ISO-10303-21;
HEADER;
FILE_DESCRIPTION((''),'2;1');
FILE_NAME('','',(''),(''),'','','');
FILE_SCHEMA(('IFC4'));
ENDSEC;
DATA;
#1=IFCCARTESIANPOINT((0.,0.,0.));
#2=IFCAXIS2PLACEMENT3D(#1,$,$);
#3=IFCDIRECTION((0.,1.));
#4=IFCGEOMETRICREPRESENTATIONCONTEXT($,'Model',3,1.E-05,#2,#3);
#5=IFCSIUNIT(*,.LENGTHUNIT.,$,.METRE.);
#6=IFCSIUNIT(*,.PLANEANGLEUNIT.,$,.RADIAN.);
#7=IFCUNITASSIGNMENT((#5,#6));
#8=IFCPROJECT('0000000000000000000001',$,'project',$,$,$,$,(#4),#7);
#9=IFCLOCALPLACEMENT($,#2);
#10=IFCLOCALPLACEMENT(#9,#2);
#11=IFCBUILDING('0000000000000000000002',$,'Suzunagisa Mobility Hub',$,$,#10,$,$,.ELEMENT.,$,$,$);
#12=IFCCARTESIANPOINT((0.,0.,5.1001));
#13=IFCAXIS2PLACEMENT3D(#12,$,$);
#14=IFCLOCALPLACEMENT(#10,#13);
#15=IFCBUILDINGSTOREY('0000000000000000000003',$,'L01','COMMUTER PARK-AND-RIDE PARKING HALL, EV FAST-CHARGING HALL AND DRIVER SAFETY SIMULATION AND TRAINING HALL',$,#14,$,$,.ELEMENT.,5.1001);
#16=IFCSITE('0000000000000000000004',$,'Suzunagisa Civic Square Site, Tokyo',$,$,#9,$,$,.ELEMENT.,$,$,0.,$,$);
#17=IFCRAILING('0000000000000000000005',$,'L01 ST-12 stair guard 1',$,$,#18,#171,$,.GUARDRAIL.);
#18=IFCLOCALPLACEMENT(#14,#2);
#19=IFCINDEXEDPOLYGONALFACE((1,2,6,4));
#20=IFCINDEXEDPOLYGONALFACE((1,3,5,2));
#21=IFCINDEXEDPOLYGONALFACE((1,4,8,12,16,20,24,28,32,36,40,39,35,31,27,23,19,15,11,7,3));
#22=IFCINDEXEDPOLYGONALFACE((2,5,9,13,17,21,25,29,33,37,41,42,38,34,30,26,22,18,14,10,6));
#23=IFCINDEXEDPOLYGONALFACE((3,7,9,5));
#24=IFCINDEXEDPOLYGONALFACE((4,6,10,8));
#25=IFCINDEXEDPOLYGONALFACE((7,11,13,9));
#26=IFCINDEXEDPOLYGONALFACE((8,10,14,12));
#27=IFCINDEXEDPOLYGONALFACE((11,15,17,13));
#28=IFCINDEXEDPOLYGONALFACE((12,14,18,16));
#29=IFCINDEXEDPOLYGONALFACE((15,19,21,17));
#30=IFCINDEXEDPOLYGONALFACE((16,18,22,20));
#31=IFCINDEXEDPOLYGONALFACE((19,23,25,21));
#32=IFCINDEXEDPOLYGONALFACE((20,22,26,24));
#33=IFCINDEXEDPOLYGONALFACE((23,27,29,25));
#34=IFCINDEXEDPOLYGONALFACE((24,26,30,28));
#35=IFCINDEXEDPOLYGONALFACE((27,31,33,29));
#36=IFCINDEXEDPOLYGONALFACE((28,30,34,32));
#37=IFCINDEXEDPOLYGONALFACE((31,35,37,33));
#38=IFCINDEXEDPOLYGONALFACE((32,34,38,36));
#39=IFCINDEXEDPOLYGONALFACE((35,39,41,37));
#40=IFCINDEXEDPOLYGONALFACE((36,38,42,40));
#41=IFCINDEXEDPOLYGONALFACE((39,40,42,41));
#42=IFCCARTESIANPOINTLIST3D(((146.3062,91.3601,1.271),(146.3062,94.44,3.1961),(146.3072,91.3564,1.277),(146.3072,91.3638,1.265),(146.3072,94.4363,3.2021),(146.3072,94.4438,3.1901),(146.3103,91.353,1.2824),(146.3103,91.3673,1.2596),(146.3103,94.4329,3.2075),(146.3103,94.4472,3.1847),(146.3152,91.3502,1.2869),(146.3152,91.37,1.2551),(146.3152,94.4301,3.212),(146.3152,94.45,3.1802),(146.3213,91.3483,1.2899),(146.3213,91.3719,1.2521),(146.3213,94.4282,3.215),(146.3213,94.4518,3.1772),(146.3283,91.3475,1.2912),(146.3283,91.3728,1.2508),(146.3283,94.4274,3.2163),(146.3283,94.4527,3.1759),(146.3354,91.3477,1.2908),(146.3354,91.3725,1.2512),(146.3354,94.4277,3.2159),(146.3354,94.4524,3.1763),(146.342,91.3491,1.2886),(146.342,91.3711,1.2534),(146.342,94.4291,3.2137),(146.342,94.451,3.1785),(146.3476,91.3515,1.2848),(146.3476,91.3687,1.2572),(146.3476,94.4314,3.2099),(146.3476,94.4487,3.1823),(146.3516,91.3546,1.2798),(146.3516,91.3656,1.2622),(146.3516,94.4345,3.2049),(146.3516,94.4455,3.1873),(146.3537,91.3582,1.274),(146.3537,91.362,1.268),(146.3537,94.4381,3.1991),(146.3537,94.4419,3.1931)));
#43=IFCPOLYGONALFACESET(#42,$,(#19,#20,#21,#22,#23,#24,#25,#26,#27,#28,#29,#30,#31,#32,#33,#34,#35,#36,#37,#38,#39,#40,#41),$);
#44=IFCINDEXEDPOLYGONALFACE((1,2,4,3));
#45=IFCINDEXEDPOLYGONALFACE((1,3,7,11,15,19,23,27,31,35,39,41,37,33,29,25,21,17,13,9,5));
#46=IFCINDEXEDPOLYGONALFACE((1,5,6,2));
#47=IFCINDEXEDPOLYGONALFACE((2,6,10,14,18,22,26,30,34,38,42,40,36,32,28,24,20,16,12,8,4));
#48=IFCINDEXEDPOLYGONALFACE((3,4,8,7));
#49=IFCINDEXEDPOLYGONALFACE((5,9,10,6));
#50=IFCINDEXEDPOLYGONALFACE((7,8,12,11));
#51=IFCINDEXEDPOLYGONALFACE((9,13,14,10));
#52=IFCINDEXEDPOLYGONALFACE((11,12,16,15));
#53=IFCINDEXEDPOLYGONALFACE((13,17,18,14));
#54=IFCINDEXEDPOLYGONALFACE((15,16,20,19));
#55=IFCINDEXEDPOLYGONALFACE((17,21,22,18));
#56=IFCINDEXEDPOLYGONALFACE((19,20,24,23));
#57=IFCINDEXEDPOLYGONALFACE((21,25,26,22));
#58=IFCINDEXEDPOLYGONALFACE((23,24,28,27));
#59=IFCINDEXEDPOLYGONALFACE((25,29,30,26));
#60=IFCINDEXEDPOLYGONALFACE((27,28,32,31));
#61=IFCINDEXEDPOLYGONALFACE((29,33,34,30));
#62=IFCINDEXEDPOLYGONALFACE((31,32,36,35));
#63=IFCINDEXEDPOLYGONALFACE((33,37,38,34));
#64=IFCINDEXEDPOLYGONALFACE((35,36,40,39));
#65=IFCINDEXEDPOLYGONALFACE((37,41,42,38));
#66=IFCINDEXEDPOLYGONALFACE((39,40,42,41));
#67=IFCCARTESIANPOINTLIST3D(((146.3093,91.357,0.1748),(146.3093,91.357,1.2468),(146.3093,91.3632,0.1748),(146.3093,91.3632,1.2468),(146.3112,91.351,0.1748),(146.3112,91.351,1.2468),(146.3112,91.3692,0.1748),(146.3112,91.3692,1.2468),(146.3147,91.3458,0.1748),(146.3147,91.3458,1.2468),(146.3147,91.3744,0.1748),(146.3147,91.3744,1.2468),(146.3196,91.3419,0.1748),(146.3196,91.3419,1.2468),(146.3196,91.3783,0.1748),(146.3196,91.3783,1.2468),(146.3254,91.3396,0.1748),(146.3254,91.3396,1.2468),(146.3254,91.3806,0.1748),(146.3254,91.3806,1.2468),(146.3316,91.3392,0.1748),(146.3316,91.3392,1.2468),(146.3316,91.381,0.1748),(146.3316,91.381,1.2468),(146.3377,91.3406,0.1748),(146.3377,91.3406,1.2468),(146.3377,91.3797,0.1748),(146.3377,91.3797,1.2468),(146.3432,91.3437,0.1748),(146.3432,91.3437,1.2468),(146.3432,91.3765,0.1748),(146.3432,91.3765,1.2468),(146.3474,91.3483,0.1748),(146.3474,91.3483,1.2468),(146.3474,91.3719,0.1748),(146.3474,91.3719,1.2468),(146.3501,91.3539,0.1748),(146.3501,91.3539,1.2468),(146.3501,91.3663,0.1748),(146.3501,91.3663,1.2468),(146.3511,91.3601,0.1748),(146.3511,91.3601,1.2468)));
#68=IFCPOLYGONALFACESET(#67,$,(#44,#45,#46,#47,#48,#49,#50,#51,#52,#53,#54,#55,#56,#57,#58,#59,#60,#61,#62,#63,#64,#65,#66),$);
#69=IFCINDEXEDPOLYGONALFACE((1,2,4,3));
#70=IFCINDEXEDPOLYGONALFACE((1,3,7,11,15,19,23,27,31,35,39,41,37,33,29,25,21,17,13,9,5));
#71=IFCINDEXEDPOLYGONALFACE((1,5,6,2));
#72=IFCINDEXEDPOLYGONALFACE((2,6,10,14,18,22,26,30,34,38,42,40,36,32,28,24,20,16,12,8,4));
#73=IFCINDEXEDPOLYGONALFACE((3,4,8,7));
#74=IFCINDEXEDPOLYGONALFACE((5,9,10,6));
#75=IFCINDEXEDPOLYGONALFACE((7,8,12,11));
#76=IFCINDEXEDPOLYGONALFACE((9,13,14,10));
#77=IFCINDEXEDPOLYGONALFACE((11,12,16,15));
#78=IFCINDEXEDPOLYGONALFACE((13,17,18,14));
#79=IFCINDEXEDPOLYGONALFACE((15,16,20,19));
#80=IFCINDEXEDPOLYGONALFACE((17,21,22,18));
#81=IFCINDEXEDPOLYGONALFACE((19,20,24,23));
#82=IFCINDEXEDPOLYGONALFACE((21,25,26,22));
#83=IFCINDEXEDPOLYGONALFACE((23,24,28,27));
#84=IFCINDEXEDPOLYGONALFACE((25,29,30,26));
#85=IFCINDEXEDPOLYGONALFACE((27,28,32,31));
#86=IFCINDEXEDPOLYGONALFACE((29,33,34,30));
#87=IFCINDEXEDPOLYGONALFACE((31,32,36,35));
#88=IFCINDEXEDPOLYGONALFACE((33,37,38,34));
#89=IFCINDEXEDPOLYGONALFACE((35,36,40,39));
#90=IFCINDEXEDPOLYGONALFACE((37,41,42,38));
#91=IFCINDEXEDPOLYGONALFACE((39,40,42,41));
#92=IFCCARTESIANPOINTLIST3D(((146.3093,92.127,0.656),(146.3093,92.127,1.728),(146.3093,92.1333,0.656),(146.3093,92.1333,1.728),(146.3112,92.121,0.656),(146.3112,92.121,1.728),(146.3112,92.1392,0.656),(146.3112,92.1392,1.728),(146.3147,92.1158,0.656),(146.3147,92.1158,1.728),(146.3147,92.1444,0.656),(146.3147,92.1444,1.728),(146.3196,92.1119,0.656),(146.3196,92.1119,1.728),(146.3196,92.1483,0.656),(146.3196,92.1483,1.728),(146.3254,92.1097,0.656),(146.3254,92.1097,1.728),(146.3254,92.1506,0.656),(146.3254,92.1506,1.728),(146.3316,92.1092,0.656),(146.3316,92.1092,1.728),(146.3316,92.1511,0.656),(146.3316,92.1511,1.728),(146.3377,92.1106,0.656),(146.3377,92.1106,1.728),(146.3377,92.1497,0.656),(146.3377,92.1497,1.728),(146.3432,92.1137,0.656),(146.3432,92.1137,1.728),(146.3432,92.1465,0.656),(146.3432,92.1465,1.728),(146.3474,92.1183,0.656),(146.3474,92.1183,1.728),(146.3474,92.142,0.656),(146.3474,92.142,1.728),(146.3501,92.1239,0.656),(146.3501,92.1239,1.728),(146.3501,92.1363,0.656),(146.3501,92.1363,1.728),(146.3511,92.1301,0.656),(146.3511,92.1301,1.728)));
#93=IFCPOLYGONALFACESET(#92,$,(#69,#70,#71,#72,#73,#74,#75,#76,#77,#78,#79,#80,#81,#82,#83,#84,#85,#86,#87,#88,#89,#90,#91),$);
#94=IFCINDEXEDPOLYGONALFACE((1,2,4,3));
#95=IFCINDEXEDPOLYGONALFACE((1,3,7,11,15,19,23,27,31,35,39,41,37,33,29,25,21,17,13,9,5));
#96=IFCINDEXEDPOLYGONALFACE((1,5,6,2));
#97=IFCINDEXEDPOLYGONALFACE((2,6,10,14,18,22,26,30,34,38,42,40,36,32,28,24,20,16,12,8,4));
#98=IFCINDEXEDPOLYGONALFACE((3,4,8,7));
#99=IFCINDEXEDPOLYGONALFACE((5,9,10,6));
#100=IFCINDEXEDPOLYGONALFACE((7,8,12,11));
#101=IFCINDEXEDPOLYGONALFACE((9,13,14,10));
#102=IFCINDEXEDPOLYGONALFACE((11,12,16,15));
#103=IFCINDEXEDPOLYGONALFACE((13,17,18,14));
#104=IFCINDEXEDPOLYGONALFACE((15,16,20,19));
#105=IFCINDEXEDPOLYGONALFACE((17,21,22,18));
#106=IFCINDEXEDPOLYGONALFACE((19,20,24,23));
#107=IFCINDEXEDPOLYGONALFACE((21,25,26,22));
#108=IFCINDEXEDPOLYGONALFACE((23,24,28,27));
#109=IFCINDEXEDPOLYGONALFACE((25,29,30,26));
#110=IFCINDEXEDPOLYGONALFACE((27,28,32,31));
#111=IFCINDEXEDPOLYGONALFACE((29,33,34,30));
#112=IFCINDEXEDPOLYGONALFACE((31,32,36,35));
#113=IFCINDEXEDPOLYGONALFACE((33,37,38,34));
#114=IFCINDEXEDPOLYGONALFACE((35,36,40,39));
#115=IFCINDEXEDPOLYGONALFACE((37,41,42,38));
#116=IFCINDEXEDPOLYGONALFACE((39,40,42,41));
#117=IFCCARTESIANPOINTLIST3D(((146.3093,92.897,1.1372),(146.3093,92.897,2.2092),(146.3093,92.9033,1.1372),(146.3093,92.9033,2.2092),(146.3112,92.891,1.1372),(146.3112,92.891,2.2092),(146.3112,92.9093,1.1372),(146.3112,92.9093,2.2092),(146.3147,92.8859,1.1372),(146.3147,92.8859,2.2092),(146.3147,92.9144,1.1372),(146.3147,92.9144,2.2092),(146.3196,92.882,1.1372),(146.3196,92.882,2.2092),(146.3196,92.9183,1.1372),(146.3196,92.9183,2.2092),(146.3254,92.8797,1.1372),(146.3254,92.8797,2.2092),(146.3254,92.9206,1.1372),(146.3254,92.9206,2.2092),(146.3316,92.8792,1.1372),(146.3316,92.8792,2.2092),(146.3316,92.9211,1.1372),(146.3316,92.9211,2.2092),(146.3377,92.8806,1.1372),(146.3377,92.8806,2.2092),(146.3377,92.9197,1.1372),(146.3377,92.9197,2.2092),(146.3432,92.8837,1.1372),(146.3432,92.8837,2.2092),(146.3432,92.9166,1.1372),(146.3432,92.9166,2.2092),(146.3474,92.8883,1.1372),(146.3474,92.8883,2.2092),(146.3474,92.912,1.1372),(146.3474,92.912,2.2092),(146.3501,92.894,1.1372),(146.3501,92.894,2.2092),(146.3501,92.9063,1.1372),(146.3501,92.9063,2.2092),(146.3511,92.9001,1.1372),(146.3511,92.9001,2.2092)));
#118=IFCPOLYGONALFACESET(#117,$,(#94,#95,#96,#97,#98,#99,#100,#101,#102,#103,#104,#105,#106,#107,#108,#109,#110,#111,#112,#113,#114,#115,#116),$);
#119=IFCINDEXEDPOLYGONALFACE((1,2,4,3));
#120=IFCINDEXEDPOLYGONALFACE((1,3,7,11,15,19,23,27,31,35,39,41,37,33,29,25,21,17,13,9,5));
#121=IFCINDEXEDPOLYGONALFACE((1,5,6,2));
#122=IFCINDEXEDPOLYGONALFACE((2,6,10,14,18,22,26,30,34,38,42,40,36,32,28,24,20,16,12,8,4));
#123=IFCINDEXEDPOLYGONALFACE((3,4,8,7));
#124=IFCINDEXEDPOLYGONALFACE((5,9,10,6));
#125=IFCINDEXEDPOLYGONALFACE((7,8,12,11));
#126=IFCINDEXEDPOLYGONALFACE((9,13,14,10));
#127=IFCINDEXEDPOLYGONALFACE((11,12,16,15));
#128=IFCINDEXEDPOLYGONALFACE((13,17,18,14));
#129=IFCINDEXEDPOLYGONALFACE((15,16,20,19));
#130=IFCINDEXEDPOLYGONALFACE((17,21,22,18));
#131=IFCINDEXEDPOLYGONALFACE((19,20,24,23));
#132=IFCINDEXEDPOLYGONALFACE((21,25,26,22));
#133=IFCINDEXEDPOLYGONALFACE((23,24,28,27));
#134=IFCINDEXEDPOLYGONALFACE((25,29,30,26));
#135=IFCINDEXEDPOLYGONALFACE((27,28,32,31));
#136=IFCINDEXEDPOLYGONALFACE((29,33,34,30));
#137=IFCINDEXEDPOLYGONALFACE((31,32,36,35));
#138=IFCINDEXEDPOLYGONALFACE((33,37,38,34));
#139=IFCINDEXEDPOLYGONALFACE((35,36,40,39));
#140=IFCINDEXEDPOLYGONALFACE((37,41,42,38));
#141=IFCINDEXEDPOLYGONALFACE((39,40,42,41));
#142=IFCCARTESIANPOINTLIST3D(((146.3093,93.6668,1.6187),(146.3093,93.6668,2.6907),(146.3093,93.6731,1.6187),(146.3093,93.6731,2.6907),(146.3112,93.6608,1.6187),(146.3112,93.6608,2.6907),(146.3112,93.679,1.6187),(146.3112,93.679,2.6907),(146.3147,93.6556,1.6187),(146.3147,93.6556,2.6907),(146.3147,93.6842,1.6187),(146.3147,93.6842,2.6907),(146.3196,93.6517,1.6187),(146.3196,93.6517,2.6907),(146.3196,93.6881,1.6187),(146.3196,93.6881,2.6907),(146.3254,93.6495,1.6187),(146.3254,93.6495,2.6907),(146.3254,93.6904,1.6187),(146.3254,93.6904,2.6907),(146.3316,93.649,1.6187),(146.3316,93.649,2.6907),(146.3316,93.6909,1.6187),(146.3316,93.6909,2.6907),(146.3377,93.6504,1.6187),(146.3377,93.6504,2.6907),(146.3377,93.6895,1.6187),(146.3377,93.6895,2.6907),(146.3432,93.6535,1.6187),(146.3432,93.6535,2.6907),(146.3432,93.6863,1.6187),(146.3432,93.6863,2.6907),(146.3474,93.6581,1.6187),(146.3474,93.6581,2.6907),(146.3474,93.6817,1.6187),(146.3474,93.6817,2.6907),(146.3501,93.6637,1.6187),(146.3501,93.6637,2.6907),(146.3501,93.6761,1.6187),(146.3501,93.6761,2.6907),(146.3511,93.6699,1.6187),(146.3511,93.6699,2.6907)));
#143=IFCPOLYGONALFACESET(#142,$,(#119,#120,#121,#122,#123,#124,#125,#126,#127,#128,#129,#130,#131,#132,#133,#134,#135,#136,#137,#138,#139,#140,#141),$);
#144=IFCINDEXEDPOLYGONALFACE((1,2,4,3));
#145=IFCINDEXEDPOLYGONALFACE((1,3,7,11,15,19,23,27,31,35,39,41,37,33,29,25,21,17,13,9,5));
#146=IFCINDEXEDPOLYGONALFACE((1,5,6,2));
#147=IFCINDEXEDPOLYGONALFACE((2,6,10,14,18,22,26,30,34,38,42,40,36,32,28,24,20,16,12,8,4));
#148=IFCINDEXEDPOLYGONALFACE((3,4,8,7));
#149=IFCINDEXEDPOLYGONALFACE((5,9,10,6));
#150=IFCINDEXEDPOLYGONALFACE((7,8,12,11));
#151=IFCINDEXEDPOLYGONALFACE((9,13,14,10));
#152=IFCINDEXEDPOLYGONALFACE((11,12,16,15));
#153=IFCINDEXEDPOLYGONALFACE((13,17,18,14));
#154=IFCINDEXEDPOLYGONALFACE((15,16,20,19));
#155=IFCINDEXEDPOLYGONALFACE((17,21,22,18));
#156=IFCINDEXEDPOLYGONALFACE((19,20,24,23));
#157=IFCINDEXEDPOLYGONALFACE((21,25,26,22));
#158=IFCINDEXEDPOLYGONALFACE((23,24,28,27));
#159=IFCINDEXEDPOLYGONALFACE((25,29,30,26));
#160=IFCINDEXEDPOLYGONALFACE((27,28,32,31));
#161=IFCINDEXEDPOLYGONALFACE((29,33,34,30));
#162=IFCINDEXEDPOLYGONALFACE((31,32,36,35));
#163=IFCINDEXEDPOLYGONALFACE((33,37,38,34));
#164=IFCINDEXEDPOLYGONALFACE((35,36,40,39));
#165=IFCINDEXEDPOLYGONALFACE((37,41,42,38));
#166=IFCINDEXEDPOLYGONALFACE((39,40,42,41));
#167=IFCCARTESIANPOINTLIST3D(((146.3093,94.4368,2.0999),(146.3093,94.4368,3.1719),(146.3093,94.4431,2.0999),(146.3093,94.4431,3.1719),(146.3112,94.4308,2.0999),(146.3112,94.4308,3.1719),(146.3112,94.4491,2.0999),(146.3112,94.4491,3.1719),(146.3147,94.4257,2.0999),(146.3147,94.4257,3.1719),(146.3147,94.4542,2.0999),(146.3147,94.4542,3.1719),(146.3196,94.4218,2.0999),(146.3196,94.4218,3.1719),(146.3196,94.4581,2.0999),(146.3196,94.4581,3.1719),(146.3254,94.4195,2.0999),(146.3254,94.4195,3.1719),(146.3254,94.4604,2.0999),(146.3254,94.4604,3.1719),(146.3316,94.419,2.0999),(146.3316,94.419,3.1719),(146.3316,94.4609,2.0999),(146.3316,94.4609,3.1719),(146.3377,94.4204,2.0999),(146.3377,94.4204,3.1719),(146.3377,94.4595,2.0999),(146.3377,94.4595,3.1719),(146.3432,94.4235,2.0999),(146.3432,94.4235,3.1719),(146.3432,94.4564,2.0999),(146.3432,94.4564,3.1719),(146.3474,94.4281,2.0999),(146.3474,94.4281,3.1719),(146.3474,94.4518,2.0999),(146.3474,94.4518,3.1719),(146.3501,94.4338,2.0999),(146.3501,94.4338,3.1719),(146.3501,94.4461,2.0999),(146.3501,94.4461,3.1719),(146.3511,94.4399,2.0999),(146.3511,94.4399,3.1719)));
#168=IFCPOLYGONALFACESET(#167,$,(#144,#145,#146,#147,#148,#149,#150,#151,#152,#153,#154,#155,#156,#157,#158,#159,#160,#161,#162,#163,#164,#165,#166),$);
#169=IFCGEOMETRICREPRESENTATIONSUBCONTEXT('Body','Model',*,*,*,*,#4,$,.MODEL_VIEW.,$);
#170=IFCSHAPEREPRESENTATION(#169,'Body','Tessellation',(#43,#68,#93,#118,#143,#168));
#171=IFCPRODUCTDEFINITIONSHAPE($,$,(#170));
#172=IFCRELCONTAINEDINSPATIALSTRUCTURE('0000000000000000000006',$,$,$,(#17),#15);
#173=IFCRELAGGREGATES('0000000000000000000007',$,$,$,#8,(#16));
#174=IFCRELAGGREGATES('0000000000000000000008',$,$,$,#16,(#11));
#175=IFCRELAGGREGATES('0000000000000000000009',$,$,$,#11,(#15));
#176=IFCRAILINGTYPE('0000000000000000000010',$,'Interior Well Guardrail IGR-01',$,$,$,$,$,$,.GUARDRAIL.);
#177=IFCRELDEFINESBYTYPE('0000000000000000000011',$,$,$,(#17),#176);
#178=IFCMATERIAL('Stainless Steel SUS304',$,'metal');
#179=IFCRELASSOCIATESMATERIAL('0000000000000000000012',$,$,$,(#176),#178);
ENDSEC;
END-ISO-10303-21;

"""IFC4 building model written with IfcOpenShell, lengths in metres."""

from ifc_helpers import new_model, si_unit, direction, frame, origin, origin_2d, place, context, subcontext, project, spatial, circle, extrude, material, type_object, element, save


model = new_model("IFC4")

# Units and contexts
model_context = context("Model", 3, precision=1e-05, world=origin(), true_north=direction((0.0, 1.0)))
body_context = subcontext(model_context, "Body", "Model", "MODEL_VIEW")
ifc_project = project(units=[si_unit("LENGTHUNIT", "METRE"), si_unit("PLANEANGLEUNIT", "RADIAN")], contexts=[model_context])

# Site, building, storey
site_placement = place(None, origin())
site = spatial("IfcSite", under=ifc_project, at=site_placement, Name="Suzunagisa Civic Square Site, Tokyo", CompositionType="ELEMENT", RefElevation=0.0)
building_placement = place(site_placement, origin())
building = spatial("IfcBuilding", under=site, at=building_placement, Name="Suzunagisa Mobility Hub", CompositionType="ELEMENT")
storey_placement = place(building_placement, frame((0.0, 0.0, 5.1001)))
storey = spatial("IfcBuildingStorey", under=building, at=storey_placement, Name="L01", Description="COMMUTER PARK-AND-RIDE PARKING HALL, EV FAST-CHARGING HALL AND DRIVER SAFETY SIMULATION AND TRAINING HALL", CompositionType="ELEMENT", Elevation=5.1001)

# Railing
ifc_material_1 = material(Name="Stainless Steel SUS304", Category="metal")
railing_type_1 = type_object("IfcRailingType", Name="Interior Well Guardrail IGR-01", PredefinedType="GUARDRAIL", material=ifc_material_1)
railing_1_placement = place(storey_placement, frame((146.3301, 91.3601, 0.1748)))
element("IfcRailing", 1, at=railing_1_placement, inside=storey, type_object=railing_type_1, Name="L01 ST-12 stair guard 1", PredefinedType="GUARDRAIL", context=body_context, shape_type="SweptSolid", body=[
    extrude(circle(Radius=0.0239, at=origin_2d()), frame((0.0, 0.0, 1.0962), z_axis=(0.0, 0.847979, 0.530029), x_axis=(-1.0, 0.0, 0.0)), (0.0, 0.0, 1.0), 3.6321),
    extrude(circle(Radius=0.021, at=origin_2d()), origin(), (0.0, 0.0, 1.0), 1.072),
    extrude(circle(Radius=0.021, at=origin_2d()), frame((0.0, 0.77, 0.4812)), (0.0, 0.0, 1.0), 1.072),
    extrude(circle(Radius=0.021, at=origin_2d()), frame((0.0, 1.54, 0.9624)), (0.0, 0.0, 1.0), 1.072),
    extrude(circle(Radius=0.021, at=origin_2d()), frame((0.0, 2.3098, 1.4438)), (0.0, 0.0, 1.0), 1.072),
    extrude(circle(Radius=0.021, at=origin_2d()), frame((0.0, 3.0798, 1.925)), (0.0, 0.0, 1.0), 1.072),
])

save(model, "model.ifc")
